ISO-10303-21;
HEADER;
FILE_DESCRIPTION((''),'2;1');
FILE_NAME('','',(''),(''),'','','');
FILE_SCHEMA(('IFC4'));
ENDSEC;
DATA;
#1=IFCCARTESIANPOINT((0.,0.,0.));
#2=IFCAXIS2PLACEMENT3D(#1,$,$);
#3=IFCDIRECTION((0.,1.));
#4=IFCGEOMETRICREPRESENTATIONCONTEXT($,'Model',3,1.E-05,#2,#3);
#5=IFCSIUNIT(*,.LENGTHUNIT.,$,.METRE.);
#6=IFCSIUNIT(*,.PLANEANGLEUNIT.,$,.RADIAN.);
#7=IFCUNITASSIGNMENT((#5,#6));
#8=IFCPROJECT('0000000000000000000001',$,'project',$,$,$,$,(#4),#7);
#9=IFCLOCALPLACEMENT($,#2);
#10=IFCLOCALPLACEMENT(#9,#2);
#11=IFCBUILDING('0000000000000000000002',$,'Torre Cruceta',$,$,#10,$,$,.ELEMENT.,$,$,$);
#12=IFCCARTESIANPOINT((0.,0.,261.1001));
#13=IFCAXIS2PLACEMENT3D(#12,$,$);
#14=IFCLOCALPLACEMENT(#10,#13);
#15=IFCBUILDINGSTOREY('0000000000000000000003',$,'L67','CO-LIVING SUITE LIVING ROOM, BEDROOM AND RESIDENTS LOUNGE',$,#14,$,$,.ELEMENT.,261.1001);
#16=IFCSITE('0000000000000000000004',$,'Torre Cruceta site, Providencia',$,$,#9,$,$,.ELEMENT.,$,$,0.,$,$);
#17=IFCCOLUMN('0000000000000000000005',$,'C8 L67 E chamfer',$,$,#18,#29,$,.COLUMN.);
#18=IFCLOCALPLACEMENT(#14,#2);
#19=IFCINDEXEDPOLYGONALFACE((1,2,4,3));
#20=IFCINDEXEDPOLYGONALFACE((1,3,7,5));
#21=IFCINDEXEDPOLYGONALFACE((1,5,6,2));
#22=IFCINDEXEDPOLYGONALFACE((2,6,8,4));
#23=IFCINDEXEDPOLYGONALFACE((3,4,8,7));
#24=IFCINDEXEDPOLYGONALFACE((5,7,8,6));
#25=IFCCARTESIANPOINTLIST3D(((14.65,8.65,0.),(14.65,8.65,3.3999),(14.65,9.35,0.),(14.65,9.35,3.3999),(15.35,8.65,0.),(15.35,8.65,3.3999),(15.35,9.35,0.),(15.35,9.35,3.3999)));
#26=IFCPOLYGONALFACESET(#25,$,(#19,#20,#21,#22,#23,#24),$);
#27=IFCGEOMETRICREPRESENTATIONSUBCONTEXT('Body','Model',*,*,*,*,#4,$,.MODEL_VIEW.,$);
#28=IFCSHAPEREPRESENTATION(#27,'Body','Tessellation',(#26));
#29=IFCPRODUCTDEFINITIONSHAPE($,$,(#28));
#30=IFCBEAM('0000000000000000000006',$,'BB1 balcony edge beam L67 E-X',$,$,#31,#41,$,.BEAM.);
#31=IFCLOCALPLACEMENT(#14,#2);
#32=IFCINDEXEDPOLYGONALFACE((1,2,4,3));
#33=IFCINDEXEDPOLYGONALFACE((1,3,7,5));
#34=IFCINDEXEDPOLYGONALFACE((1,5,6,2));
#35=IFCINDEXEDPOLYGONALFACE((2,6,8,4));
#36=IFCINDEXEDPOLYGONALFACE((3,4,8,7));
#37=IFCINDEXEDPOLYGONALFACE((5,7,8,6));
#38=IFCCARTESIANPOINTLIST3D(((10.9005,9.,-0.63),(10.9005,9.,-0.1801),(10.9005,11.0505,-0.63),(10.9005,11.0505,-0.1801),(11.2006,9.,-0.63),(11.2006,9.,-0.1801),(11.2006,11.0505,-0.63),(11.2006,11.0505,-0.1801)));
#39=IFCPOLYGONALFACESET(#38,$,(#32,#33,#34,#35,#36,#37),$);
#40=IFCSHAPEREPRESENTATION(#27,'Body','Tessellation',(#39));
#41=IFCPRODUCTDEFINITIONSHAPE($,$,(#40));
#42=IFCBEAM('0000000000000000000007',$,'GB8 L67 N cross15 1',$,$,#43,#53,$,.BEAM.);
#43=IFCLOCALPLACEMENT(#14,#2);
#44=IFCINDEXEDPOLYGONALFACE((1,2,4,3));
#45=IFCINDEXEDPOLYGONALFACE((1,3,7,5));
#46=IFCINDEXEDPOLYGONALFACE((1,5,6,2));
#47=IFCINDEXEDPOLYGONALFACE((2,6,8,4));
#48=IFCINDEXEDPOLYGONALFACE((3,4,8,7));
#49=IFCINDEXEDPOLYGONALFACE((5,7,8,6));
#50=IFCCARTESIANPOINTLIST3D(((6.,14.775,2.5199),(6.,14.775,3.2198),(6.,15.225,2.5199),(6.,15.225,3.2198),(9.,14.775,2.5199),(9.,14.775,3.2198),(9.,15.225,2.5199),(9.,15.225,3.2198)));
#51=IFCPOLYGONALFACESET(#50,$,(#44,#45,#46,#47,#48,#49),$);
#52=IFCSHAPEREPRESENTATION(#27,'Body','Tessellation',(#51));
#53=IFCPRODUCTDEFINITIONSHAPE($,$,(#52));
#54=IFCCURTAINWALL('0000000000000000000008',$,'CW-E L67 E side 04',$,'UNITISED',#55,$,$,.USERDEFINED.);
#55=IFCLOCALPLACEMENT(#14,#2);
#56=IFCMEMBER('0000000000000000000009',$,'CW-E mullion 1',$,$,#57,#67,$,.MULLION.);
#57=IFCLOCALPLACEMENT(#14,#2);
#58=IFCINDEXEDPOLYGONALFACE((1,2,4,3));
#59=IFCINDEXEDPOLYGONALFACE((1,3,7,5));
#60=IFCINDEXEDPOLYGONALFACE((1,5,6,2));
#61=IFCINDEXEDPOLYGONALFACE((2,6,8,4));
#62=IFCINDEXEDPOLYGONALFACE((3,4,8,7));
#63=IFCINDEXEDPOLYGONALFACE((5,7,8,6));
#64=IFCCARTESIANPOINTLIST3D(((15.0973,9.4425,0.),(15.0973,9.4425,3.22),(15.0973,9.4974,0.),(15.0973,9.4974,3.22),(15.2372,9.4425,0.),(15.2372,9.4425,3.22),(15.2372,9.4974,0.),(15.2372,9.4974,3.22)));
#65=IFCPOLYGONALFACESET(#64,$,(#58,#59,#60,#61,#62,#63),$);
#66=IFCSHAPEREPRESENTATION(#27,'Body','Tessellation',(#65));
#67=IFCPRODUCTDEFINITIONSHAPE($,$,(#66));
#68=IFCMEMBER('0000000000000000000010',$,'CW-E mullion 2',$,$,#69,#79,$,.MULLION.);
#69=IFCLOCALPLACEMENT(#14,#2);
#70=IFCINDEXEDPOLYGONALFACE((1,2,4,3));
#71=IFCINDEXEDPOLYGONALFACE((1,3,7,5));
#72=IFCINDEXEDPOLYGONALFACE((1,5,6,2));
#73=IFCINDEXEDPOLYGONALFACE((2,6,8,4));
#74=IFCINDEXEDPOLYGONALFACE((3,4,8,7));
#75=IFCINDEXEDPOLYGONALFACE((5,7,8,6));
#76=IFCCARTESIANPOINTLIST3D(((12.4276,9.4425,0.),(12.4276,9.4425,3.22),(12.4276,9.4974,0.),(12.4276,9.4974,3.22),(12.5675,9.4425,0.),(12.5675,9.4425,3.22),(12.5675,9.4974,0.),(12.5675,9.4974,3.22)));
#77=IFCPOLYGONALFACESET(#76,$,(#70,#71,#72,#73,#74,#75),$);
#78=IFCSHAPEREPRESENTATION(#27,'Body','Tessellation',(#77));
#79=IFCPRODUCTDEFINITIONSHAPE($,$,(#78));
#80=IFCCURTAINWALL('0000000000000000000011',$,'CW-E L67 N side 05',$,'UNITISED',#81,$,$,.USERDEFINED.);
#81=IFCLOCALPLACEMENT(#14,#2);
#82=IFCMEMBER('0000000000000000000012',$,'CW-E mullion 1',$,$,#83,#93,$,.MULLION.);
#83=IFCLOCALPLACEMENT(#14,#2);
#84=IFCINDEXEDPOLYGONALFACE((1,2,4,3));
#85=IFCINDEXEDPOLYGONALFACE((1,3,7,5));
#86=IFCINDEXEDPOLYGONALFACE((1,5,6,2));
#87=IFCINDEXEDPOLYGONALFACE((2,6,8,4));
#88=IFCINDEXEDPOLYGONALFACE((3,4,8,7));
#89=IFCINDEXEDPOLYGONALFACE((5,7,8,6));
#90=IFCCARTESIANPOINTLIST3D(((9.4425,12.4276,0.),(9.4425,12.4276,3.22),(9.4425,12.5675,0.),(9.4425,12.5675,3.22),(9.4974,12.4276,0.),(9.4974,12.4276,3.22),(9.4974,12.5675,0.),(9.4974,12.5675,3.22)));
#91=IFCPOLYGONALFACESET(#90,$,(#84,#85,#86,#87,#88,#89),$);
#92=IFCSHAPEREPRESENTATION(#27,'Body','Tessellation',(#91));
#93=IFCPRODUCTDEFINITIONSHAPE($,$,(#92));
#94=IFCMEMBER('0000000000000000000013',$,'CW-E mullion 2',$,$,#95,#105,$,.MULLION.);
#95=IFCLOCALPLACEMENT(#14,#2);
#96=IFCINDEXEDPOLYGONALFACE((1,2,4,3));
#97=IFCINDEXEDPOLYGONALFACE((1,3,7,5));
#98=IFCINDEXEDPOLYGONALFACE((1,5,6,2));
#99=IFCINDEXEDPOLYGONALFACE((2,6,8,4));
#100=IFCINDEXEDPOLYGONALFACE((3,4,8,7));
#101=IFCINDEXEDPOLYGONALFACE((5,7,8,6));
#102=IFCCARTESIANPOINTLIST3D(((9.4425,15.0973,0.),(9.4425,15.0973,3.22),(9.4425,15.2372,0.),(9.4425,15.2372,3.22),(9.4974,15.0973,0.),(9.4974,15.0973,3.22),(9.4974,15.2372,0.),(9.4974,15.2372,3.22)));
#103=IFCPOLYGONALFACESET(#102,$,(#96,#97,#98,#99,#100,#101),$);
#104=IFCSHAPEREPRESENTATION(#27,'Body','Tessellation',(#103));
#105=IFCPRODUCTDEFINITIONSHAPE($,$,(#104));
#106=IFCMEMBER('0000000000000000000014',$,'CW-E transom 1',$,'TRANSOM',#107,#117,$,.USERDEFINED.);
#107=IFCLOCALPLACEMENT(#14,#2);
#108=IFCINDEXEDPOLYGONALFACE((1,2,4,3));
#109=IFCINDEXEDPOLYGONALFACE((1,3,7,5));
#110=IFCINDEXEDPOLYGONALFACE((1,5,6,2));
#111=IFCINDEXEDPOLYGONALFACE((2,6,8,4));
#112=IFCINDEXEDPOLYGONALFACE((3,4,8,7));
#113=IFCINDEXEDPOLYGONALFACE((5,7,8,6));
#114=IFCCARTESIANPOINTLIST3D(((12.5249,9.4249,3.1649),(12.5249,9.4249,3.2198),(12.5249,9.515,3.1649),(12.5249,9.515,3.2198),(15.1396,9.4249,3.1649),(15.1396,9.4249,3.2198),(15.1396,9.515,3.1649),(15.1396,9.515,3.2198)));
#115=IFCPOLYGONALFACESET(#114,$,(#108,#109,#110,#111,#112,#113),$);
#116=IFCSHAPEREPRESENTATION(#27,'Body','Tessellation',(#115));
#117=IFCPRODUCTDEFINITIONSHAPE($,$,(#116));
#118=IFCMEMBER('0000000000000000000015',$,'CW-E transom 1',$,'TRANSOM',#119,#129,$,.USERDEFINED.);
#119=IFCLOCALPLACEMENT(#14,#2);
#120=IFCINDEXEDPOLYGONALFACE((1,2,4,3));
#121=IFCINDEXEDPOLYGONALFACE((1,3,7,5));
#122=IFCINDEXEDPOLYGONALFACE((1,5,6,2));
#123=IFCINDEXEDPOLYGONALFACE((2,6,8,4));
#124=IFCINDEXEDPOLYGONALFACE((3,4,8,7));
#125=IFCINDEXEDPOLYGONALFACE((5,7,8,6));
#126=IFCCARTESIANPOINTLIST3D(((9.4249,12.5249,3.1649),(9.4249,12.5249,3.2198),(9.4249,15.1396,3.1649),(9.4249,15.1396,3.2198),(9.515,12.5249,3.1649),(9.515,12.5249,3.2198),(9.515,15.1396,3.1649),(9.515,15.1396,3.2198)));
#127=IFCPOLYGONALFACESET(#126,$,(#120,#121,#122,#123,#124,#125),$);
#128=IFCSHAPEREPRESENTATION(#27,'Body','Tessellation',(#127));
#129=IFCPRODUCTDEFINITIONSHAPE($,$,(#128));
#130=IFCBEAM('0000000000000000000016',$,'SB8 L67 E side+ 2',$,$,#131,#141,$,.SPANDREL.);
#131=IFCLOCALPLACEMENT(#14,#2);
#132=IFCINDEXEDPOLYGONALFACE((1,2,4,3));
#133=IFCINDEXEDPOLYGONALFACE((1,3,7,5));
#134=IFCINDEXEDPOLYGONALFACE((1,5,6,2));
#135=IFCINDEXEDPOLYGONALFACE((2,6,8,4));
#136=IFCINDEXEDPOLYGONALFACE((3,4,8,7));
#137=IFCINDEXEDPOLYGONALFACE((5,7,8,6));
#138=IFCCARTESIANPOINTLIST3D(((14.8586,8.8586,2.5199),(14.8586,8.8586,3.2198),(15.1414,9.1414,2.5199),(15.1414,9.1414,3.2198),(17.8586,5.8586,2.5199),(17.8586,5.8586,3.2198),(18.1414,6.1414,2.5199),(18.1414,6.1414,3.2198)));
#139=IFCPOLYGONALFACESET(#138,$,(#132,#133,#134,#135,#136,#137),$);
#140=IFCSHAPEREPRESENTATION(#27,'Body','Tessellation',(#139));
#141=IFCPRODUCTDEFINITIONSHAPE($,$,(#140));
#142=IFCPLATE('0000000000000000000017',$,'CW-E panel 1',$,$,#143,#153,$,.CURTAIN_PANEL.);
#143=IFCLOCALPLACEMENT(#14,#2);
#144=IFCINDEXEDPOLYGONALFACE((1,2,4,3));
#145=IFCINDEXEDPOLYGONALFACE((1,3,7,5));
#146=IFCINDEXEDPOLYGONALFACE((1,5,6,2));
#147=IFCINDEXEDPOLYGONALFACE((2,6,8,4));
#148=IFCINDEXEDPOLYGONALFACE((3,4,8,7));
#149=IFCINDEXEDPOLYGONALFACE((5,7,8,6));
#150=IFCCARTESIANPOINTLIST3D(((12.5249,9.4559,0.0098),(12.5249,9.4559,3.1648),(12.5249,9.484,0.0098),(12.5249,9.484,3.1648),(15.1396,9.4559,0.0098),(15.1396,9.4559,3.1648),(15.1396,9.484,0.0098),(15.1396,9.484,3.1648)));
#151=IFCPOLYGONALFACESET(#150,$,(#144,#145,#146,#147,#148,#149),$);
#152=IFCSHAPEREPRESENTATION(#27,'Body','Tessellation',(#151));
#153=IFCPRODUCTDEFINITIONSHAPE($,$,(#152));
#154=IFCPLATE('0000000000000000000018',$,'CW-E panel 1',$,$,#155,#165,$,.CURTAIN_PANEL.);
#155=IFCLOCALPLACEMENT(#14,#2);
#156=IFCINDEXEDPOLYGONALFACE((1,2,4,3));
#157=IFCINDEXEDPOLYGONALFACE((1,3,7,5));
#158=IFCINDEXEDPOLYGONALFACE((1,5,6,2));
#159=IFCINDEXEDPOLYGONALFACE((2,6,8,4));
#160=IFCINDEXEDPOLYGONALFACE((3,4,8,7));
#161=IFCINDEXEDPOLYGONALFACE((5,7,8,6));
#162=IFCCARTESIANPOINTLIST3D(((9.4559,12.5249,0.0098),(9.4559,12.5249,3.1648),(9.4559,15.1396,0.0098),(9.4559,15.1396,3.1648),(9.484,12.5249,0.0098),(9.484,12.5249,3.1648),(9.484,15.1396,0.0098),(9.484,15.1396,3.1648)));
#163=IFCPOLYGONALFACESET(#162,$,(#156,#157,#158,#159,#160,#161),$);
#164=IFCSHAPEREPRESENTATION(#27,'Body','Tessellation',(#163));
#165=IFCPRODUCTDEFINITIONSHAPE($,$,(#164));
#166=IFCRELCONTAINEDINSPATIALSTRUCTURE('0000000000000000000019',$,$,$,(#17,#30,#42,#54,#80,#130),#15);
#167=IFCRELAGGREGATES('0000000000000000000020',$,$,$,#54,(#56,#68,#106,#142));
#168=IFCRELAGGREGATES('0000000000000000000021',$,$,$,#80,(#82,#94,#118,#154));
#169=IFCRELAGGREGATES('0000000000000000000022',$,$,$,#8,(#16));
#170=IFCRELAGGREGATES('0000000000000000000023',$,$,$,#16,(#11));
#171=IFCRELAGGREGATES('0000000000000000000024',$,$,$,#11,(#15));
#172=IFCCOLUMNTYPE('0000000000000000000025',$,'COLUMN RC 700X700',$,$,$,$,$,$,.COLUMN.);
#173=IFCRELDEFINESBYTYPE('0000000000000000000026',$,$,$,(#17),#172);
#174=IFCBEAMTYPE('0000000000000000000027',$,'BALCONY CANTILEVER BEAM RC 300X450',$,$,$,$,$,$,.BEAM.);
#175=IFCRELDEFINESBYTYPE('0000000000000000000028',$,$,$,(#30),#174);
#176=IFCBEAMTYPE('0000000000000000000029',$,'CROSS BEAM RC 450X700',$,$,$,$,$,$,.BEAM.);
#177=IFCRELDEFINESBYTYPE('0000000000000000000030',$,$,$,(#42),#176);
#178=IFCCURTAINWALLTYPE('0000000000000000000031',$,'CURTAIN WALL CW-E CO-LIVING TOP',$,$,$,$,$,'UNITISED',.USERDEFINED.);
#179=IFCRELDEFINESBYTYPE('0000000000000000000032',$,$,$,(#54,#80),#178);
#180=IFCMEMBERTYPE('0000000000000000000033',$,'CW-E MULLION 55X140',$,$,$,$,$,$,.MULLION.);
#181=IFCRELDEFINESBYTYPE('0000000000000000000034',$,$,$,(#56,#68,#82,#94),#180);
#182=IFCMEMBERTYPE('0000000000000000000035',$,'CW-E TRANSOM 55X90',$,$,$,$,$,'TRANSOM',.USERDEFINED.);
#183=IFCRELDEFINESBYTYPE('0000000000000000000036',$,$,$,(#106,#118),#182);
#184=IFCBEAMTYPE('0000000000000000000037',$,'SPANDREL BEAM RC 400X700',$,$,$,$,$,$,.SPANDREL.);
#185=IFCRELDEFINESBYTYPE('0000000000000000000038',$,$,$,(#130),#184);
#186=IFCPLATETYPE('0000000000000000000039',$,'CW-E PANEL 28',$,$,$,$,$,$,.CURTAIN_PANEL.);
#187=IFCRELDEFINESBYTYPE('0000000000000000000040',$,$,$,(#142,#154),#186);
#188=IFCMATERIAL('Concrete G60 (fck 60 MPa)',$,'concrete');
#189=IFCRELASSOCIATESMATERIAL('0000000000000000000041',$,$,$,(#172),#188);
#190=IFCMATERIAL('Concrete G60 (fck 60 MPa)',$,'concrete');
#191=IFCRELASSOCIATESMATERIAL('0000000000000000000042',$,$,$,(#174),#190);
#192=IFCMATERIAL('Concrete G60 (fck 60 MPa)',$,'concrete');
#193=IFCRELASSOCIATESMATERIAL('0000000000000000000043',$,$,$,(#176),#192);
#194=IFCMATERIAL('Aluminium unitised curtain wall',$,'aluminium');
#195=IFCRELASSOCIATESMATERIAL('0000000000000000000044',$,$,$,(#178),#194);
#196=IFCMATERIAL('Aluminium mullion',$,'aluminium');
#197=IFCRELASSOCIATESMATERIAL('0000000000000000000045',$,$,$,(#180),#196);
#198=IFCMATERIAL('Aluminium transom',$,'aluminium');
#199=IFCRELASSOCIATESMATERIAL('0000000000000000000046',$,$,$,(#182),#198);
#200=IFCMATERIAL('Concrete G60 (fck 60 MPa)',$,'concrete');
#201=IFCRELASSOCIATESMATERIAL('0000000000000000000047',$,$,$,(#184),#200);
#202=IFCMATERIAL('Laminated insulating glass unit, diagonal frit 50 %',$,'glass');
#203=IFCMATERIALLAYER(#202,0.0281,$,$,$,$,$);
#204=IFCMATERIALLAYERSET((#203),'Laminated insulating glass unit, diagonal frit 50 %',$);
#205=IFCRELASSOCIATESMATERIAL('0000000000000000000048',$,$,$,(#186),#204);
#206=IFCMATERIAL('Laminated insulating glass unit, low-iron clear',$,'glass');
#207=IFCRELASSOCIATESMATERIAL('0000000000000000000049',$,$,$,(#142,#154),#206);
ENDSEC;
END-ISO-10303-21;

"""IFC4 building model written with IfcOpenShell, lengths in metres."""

from ifc_helpers import new_model, si_unit, direction, frame, origin, origin_2d, place, context, subcontext, project, spatial, rectangle, extrude, material, layer, layer_set, material_profile, profile_set, type_object, element, aggregate, save


model = new_model("IFC4")

# Units and contexts
model_context = context("Model", 3, precision=1e-05, world=origin(), true_north=direction((0.0, 1.0)))
body_context = subcontext(model_context, "Body", "Model", "MODEL_VIEW")
ifc_project = project(units=[si_unit("LENGTHUNIT", "METRE"), si_unit("PLANEANGLEUNIT", "RADIAN")], contexts=[model_context])

# Site, building, storey
site_placement = place(None, origin())
site = spatial("IfcSite", under=ifc_project, at=site_placement, Name="Torre Cruceta site, Providencia", CompositionType="ELEMENT", RefElevation=0.0)
building_placement = place(site_placement, origin())
building = spatial("IfcBuilding", under=site, at=building_placement, Name="Torre Cruceta", CompositionType="ELEMENT")
storey_placement = place(building_placement, frame((0.0, 0.0, 261.1001)))
storey = spatial("IfcBuildingStorey", under=building, at=storey_placement, Name="L67", Description="CO-LIVING SUITE LIVING ROOM, BEDROOM AND RESIDENTS LOUNGE", CompositionType="ELEMENT", Elevation=261.1001)

# Column
ifc_material_1 = material(Name="Concrete G60 (fck 60 MPa)", Category="concrete")
ifc_material_profile_1 = material_profile(ifc_material_1, rectangle(XDim=0.7, YDim=0.7, at=origin_2d()), Name="RC 700X700")
ifc_profile_set_1 = profile_set([ifc_material_profile_1], Name="Concrete G60 (fck 60 MPa)")
column_type = type_object("IfcColumnType", Name="COLUMN RC 700X700", PredefinedType="COLUMN", material=ifc_profile_set_1)
column_placement = place(storey_placement, frame((15.0, 9.0, 0.0), z_axis=(0.0, 0.0, 1.0), x_axis=(1.0, 0.0, 0.0)))
element("IfcColumn", 1, at=column_placement, inside=storey, type_object=column_type, Name="C8 L67 E chamfer", PredefinedType="COLUMN", context=body_context, shape_type="SweptSolid", body=[
    extrude(rectangle(XDim=0.7, YDim=0.7, at=origin_2d()), origin(), (0.0, 0.0, 1.0), 3.3999),
])

# Beams
ifc_material_2 = material(Name="Concrete G60 (fck 60 MPa)", Category="concrete")
ifc_material_profile_2 = material_profile(ifc_material_2, rectangle(XDim=0.3, YDim=0.45, at=origin_2d()), Name="RC 300X450")
ifc_profile_set_2 = profile_set([ifc_material_profile_2], Name="Concrete G60 (fck 60 MPa)")
beam_type_1 = type_object("IfcBeamType", Name="BALCONY CANTILEVER BEAM RC 300X450", PredefinedType="BEAM", material=ifc_profile_set_2)
beam_1_placement = place(storey_placement, frame((11.0505, 9.0, -0.405), z_axis=(0.0, 1.0, 0.0), x_axis=(-1.0, 0.0, 0.0)))
element("IfcBeam", 2, at=beam_1_placement, inside=storey, type_object=beam_type_1, Name="BB1 balcony edge beam L67 E-X", PredefinedType="BEAM", context=body_context, shape_type="SweptSolid", body=[
    extrude(rectangle(XDim=0.3, YDim=0.45, at=origin_2d()), origin(), (0.0, 0.0, 1.0), 2.0505),
])
ifc_material_3 = material(Name="Concrete G60 (fck 60 MPa)", Category="concrete")
ifc_material_profile_3 = material_profile(ifc_material_3, rectangle(XDim=0.45, YDim=0.7, at=origin_2d()), Name="RC 450X700")
ifc_profile_set_3 = profile_set([ifc_material_profile_3], Name="Concrete G60 (fck 60 MPa)")
beam_type_2 = type_object("IfcBeamType", Name="CROSS BEAM RC 450X700", PredefinedType="BEAM", material=ifc_profile_set_3)
beam_2_placement = place(storey_placement, frame((9.0, 15.0, 2.8699), z_axis=(-1.0, 0.0, 0.0), x_axis=(0.0, -1.0, 0.0)))
element("IfcBeam", 3, at=beam_2_placement, inside=storey, type_object=beam_type_2, Name="GB8 L67 N cross15 1", PredefinedType="BEAM", context=body_context, shape_type="SweptSolid", body=[
    extrude(rectangle(XDim=0.45, YDim=0.7, at=origin_2d()), origin(), (0.0, 0.0, 1.0), 3.0),
])

# Curtain walls, members
ifc_material_4 = material(Name="Aluminium unitised curtain wall", Category="aluminium")
curtain_wall_type = type_object("IfcCurtainWallType", Name="CURTAIN WALL CW-E CO-LIVING TOP", ElementType="UNITISED", PredefinedType="USERDEFINED", material=ifc_material_4)
curtain_wall_1_placement = place(storey_placement, origin())
curtain_wall_1 = element("IfcCurtainWall", 4, at=curtain_wall_1_placement, inside=storey, type_object=curtain_wall_type, Name="CW-E L67 E side 04", ObjectType="UNITISED", PredefinedType="USERDEFINED")
ifc_material_5 = material(Name="Aluminium mullion", Category="aluminium")
ifc_material_profile_4 = material_profile(ifc_material_5, rectangle(XDim=0.0549, YDim=0.1399, at=origin_2d()), Name="AL 55X140")
ifc_profile_set_4 = profile_set([ifc_material_profile_4], Name="Aluminium mullion")
member_type_1 = type_object("IfcMemberType", Name="CW-E MULLION 55X140", PredefinedType="MULLION", material=ifc_profile_set_4)
member_1_placement = place(storey_placement, frame((15.1672, 9.47, 0.0), z_axis=(0.0, 0.0, 1.0), x_axis=(0.0, -1.0, 0.0)))
member_1 = element("IfcMember", 5, at=member_1_placement, type_object=member_type_1, Name="CW-E mullion 1", PredefinedType="MULLION", context=body_context, shape_type="SweptSolid", body=[
    extrude(rectangle(XDim=0.0549, YDim=0.1399, at=origin_2d()), origin(), (0.0, 0.0, 1.0), 3.22),
])
member_2_placement = place(storey_placement, frame((12.4976, 9.47, 0.0), z_axis=(0.0, 0.0, 1.0), x_axis=(0.0, -1.0, 0.0)))
member_2 = element("IfcMember", 6, at=member_2_placement, type_object=member_type_1, Name="CW-E mullion 2", PredefinedType="MULLION", context=body_context, shape_type="SweptSolid", body=[
    extrude(rectangle(XDim=0.0549, YDim=0.1399, at=origin_2d()), origin(), (0.0, 0.0, 1.0), 3.22),
])
curtain_wall_2_placement = place(storey_placement, origin())
curtain_wall_2 = element("IfcCurtainWall", 7, at=curtain_wall_2_placement, inside=storey, type_object=curtain_wall_type, Name="CW-E L67 N side 05", ObjectType="UNITISED", PredefinedType="USERDEFINED")
member_3_placement = place(storey_placement, frame((9.47, 12.4976, 0.0), z_axis=(0.0, 0.0, 1.0), x_axis=(-1.0, 0.0, 0.0)))
member_3 = element("IfcMember", 8, at=member_3_placement, type_object=member_type_1, Name="CW-E mullion 1", PredefinedType="MULLION", context=body_context, shape_type="SweptSolid", body=[
    extrude(rectangle(XDim=0.0549, YDim=0.1399, at=origin_2d()), origin(), (0.0, 0.0, 1.0), 3.22),
])
member_4_placement = place(storey_placement, frame((9.47, 15.1672, 0.0), z_axis=(0.0, 0.0, 1.0), x_axis=(-1.0, 0.0, 0.0)))
member_4 = element("IfcMember", 9, at=member_4_placement, type_object=member_type_1, Name="CW-E mullion 2", PredefinedType="MULLION", context=body_context, shape_type="SweptSolid", body=[
    extrude(rectangle(XDim=0.0549, YDim=0.1399, at=origin_2d()), origin(), (0.0, 0.0, 1.0), 3.22),
])

# Members
ifc_material_6 = material(Name="Aluminium transom", Category="aluminium")
ifc_material_profile_5 = material_profile(ifc_material_6, rectangle(XDim=0.0901, YDim=0.0549, at=origin_2d()), Name="AL 90X55")
ifc_profile_set_5 = profile_set([ifc_material_profile_5], Name="Aluminium transom")
member_type_2 = type_object("IfcMemberType", Name="CW-E TRANSOM 55X90", ElementType="TRANSOM", PredefinedType="USERDEFINED", material=ifc_profile_set_5)
member_5_placement = place(storey_placement, frame((15.1396, 9.47, 3.1924), z_axis=(-1.0, 0.0, 0.0), x_axis=(0.0, -1.0, 0.0)))
member_5 = element("IfcMember", 10, at=member_5_placement, type_object=member_type_2, Name="CW-E transom 1", ObjectType="TRANSOM", PredefinedType="USERDEFINED", context=body_context, shape_type="SweptSolid", body=[
    extrude(rectangle(XDim=0.0901, YDim=0.0549, at=origin_2d()), origin(), (0.0, 0.0, 1.0), 2.6147),
])
member_6_placement = place(storey_placement, frame((9.47, 12.5249, 3.1924), z_axis=(0.0, 1.0, 0.0), x_axis=(-1.0, 0.0, 0.0)))
member_6 = element("IfcMember", 11, at=member_6_placement, type_object=member_type_2, Name="CW-E transom 1", ObjectType="TRANSOM", PredefinedType="USERDEFINED", context=body_context, shape_type="SweptSolid", body=[
    extrude(rectangle(XDim=0.0901, YDim=0.0549, at=origin_2d()), origin(), (0.0, 0.0, 1.0), 2.6147),
])

# Beam
ifc_material_7 = material(Name="Concrete G60 (fck 60 MPa)", Category="concrete")
ifc_material_profile_6 = material_profile(ifc_material_7, rectangle(XDim=0.3999, YDim=0.7, at=origin_2d()), Name="RC 400X700")
ifc_profile_set_6 = profile_set([ifc_material_profile_6], Name="Concrete G60 (fck 60 MPa)")
beam_type_3 = type_object("IfcBeamType", Name="SPANDREL BEAM RC 400X700", PredefinedType="SPANDREL", material=ifc_profile_set_6)
beam_3_placement = place(storey_placement, frame((15.0, 9.0, 2.8699), z_axis=(0.707107, -0.707107, 0.0), x_axis=(0.707107, 0.707107, 0.0)))
element("IfcBeam", 12, at=beam_3_placement, inside=storey, type_object=beam_type_3, Name="SB8 L67 E side+ 2", PredefinedType="SPANDREL", context=body_context, shape_type="SweptSolid", body=[
    extrude(rectangle(XDim=0.3999, YDim=0.7, at=origin_2d()), origin(), (0.0, 0.0, 1.0), 4.2427),
])

# Plates
ifc_material_8 = material(Name="Laminated insulating glass unit, low-iron clear", Category="glass")
ifc_material_9 = material(Name="Laminated insulating glass unit, diagonal frit 50 %", Category="glass")
ifc_layer_1 = layer(ifc_material_9, 0.0281)
ifc_layer_set_1 = layer_set([ifc_layer_1], Name="Laminated insulating glass unit, diagonal frit 50 %")
plate_type = type_object("IfcPlateType", Name="CW-E PANEL 28", PredefinedType="CURTAIN_PANEL", material=ifc_layer_set_1)
plate_1_placement = place(storey_placement, frame((13.8323, 9.47, 0.0098), z_axis=(0.0, 0.0, 1.0), x_axis=(-1.0, 0.0, 0.0)))
plate_1 = element("IfcPlate", 13, at=plate_1_placement, type_object=plate_type, material=ifc_material_8, Name="CW-E panel 1", PredefinedType="CURTAIN_PANEL", context=body_context, shape_type="SweptSolid", body=[
    extrude(rectangle(XDim=2.6147, YDim=0.0281, at=origin_2d()), origin(), (0.0, 0.0, 1.0), 3.155),
])
aggregate(curtain_wall_1, [member_1, member_2, member_5, plate_1])
plate_2_placement = place(storey_placement, frame((9.47, 13.8323, 0.0098), z_axis=(0.0, 0.0, 1.0), x_axis=(0.0, 1.0, 0.0)))
plate_2 = element("IfcPlate", 14, at=plate_2_placement, type_object=plate_type, material=ifc_material_8, Name="CW-E panel 1", PredefinedType="CURTAIN_PANEL", context=body_context, shape_type="SweptSolid", body=[
    extrude(rectangle(XDim=2.6147, YDim=0.0281, at=origin_2d()), origin(), (0.0, 0.0, 1.0), 3.155),
])
aggregate(curtain_wall_2, [member_3, member_4, member_6, plate_2])

save(model, "model.ifc")
